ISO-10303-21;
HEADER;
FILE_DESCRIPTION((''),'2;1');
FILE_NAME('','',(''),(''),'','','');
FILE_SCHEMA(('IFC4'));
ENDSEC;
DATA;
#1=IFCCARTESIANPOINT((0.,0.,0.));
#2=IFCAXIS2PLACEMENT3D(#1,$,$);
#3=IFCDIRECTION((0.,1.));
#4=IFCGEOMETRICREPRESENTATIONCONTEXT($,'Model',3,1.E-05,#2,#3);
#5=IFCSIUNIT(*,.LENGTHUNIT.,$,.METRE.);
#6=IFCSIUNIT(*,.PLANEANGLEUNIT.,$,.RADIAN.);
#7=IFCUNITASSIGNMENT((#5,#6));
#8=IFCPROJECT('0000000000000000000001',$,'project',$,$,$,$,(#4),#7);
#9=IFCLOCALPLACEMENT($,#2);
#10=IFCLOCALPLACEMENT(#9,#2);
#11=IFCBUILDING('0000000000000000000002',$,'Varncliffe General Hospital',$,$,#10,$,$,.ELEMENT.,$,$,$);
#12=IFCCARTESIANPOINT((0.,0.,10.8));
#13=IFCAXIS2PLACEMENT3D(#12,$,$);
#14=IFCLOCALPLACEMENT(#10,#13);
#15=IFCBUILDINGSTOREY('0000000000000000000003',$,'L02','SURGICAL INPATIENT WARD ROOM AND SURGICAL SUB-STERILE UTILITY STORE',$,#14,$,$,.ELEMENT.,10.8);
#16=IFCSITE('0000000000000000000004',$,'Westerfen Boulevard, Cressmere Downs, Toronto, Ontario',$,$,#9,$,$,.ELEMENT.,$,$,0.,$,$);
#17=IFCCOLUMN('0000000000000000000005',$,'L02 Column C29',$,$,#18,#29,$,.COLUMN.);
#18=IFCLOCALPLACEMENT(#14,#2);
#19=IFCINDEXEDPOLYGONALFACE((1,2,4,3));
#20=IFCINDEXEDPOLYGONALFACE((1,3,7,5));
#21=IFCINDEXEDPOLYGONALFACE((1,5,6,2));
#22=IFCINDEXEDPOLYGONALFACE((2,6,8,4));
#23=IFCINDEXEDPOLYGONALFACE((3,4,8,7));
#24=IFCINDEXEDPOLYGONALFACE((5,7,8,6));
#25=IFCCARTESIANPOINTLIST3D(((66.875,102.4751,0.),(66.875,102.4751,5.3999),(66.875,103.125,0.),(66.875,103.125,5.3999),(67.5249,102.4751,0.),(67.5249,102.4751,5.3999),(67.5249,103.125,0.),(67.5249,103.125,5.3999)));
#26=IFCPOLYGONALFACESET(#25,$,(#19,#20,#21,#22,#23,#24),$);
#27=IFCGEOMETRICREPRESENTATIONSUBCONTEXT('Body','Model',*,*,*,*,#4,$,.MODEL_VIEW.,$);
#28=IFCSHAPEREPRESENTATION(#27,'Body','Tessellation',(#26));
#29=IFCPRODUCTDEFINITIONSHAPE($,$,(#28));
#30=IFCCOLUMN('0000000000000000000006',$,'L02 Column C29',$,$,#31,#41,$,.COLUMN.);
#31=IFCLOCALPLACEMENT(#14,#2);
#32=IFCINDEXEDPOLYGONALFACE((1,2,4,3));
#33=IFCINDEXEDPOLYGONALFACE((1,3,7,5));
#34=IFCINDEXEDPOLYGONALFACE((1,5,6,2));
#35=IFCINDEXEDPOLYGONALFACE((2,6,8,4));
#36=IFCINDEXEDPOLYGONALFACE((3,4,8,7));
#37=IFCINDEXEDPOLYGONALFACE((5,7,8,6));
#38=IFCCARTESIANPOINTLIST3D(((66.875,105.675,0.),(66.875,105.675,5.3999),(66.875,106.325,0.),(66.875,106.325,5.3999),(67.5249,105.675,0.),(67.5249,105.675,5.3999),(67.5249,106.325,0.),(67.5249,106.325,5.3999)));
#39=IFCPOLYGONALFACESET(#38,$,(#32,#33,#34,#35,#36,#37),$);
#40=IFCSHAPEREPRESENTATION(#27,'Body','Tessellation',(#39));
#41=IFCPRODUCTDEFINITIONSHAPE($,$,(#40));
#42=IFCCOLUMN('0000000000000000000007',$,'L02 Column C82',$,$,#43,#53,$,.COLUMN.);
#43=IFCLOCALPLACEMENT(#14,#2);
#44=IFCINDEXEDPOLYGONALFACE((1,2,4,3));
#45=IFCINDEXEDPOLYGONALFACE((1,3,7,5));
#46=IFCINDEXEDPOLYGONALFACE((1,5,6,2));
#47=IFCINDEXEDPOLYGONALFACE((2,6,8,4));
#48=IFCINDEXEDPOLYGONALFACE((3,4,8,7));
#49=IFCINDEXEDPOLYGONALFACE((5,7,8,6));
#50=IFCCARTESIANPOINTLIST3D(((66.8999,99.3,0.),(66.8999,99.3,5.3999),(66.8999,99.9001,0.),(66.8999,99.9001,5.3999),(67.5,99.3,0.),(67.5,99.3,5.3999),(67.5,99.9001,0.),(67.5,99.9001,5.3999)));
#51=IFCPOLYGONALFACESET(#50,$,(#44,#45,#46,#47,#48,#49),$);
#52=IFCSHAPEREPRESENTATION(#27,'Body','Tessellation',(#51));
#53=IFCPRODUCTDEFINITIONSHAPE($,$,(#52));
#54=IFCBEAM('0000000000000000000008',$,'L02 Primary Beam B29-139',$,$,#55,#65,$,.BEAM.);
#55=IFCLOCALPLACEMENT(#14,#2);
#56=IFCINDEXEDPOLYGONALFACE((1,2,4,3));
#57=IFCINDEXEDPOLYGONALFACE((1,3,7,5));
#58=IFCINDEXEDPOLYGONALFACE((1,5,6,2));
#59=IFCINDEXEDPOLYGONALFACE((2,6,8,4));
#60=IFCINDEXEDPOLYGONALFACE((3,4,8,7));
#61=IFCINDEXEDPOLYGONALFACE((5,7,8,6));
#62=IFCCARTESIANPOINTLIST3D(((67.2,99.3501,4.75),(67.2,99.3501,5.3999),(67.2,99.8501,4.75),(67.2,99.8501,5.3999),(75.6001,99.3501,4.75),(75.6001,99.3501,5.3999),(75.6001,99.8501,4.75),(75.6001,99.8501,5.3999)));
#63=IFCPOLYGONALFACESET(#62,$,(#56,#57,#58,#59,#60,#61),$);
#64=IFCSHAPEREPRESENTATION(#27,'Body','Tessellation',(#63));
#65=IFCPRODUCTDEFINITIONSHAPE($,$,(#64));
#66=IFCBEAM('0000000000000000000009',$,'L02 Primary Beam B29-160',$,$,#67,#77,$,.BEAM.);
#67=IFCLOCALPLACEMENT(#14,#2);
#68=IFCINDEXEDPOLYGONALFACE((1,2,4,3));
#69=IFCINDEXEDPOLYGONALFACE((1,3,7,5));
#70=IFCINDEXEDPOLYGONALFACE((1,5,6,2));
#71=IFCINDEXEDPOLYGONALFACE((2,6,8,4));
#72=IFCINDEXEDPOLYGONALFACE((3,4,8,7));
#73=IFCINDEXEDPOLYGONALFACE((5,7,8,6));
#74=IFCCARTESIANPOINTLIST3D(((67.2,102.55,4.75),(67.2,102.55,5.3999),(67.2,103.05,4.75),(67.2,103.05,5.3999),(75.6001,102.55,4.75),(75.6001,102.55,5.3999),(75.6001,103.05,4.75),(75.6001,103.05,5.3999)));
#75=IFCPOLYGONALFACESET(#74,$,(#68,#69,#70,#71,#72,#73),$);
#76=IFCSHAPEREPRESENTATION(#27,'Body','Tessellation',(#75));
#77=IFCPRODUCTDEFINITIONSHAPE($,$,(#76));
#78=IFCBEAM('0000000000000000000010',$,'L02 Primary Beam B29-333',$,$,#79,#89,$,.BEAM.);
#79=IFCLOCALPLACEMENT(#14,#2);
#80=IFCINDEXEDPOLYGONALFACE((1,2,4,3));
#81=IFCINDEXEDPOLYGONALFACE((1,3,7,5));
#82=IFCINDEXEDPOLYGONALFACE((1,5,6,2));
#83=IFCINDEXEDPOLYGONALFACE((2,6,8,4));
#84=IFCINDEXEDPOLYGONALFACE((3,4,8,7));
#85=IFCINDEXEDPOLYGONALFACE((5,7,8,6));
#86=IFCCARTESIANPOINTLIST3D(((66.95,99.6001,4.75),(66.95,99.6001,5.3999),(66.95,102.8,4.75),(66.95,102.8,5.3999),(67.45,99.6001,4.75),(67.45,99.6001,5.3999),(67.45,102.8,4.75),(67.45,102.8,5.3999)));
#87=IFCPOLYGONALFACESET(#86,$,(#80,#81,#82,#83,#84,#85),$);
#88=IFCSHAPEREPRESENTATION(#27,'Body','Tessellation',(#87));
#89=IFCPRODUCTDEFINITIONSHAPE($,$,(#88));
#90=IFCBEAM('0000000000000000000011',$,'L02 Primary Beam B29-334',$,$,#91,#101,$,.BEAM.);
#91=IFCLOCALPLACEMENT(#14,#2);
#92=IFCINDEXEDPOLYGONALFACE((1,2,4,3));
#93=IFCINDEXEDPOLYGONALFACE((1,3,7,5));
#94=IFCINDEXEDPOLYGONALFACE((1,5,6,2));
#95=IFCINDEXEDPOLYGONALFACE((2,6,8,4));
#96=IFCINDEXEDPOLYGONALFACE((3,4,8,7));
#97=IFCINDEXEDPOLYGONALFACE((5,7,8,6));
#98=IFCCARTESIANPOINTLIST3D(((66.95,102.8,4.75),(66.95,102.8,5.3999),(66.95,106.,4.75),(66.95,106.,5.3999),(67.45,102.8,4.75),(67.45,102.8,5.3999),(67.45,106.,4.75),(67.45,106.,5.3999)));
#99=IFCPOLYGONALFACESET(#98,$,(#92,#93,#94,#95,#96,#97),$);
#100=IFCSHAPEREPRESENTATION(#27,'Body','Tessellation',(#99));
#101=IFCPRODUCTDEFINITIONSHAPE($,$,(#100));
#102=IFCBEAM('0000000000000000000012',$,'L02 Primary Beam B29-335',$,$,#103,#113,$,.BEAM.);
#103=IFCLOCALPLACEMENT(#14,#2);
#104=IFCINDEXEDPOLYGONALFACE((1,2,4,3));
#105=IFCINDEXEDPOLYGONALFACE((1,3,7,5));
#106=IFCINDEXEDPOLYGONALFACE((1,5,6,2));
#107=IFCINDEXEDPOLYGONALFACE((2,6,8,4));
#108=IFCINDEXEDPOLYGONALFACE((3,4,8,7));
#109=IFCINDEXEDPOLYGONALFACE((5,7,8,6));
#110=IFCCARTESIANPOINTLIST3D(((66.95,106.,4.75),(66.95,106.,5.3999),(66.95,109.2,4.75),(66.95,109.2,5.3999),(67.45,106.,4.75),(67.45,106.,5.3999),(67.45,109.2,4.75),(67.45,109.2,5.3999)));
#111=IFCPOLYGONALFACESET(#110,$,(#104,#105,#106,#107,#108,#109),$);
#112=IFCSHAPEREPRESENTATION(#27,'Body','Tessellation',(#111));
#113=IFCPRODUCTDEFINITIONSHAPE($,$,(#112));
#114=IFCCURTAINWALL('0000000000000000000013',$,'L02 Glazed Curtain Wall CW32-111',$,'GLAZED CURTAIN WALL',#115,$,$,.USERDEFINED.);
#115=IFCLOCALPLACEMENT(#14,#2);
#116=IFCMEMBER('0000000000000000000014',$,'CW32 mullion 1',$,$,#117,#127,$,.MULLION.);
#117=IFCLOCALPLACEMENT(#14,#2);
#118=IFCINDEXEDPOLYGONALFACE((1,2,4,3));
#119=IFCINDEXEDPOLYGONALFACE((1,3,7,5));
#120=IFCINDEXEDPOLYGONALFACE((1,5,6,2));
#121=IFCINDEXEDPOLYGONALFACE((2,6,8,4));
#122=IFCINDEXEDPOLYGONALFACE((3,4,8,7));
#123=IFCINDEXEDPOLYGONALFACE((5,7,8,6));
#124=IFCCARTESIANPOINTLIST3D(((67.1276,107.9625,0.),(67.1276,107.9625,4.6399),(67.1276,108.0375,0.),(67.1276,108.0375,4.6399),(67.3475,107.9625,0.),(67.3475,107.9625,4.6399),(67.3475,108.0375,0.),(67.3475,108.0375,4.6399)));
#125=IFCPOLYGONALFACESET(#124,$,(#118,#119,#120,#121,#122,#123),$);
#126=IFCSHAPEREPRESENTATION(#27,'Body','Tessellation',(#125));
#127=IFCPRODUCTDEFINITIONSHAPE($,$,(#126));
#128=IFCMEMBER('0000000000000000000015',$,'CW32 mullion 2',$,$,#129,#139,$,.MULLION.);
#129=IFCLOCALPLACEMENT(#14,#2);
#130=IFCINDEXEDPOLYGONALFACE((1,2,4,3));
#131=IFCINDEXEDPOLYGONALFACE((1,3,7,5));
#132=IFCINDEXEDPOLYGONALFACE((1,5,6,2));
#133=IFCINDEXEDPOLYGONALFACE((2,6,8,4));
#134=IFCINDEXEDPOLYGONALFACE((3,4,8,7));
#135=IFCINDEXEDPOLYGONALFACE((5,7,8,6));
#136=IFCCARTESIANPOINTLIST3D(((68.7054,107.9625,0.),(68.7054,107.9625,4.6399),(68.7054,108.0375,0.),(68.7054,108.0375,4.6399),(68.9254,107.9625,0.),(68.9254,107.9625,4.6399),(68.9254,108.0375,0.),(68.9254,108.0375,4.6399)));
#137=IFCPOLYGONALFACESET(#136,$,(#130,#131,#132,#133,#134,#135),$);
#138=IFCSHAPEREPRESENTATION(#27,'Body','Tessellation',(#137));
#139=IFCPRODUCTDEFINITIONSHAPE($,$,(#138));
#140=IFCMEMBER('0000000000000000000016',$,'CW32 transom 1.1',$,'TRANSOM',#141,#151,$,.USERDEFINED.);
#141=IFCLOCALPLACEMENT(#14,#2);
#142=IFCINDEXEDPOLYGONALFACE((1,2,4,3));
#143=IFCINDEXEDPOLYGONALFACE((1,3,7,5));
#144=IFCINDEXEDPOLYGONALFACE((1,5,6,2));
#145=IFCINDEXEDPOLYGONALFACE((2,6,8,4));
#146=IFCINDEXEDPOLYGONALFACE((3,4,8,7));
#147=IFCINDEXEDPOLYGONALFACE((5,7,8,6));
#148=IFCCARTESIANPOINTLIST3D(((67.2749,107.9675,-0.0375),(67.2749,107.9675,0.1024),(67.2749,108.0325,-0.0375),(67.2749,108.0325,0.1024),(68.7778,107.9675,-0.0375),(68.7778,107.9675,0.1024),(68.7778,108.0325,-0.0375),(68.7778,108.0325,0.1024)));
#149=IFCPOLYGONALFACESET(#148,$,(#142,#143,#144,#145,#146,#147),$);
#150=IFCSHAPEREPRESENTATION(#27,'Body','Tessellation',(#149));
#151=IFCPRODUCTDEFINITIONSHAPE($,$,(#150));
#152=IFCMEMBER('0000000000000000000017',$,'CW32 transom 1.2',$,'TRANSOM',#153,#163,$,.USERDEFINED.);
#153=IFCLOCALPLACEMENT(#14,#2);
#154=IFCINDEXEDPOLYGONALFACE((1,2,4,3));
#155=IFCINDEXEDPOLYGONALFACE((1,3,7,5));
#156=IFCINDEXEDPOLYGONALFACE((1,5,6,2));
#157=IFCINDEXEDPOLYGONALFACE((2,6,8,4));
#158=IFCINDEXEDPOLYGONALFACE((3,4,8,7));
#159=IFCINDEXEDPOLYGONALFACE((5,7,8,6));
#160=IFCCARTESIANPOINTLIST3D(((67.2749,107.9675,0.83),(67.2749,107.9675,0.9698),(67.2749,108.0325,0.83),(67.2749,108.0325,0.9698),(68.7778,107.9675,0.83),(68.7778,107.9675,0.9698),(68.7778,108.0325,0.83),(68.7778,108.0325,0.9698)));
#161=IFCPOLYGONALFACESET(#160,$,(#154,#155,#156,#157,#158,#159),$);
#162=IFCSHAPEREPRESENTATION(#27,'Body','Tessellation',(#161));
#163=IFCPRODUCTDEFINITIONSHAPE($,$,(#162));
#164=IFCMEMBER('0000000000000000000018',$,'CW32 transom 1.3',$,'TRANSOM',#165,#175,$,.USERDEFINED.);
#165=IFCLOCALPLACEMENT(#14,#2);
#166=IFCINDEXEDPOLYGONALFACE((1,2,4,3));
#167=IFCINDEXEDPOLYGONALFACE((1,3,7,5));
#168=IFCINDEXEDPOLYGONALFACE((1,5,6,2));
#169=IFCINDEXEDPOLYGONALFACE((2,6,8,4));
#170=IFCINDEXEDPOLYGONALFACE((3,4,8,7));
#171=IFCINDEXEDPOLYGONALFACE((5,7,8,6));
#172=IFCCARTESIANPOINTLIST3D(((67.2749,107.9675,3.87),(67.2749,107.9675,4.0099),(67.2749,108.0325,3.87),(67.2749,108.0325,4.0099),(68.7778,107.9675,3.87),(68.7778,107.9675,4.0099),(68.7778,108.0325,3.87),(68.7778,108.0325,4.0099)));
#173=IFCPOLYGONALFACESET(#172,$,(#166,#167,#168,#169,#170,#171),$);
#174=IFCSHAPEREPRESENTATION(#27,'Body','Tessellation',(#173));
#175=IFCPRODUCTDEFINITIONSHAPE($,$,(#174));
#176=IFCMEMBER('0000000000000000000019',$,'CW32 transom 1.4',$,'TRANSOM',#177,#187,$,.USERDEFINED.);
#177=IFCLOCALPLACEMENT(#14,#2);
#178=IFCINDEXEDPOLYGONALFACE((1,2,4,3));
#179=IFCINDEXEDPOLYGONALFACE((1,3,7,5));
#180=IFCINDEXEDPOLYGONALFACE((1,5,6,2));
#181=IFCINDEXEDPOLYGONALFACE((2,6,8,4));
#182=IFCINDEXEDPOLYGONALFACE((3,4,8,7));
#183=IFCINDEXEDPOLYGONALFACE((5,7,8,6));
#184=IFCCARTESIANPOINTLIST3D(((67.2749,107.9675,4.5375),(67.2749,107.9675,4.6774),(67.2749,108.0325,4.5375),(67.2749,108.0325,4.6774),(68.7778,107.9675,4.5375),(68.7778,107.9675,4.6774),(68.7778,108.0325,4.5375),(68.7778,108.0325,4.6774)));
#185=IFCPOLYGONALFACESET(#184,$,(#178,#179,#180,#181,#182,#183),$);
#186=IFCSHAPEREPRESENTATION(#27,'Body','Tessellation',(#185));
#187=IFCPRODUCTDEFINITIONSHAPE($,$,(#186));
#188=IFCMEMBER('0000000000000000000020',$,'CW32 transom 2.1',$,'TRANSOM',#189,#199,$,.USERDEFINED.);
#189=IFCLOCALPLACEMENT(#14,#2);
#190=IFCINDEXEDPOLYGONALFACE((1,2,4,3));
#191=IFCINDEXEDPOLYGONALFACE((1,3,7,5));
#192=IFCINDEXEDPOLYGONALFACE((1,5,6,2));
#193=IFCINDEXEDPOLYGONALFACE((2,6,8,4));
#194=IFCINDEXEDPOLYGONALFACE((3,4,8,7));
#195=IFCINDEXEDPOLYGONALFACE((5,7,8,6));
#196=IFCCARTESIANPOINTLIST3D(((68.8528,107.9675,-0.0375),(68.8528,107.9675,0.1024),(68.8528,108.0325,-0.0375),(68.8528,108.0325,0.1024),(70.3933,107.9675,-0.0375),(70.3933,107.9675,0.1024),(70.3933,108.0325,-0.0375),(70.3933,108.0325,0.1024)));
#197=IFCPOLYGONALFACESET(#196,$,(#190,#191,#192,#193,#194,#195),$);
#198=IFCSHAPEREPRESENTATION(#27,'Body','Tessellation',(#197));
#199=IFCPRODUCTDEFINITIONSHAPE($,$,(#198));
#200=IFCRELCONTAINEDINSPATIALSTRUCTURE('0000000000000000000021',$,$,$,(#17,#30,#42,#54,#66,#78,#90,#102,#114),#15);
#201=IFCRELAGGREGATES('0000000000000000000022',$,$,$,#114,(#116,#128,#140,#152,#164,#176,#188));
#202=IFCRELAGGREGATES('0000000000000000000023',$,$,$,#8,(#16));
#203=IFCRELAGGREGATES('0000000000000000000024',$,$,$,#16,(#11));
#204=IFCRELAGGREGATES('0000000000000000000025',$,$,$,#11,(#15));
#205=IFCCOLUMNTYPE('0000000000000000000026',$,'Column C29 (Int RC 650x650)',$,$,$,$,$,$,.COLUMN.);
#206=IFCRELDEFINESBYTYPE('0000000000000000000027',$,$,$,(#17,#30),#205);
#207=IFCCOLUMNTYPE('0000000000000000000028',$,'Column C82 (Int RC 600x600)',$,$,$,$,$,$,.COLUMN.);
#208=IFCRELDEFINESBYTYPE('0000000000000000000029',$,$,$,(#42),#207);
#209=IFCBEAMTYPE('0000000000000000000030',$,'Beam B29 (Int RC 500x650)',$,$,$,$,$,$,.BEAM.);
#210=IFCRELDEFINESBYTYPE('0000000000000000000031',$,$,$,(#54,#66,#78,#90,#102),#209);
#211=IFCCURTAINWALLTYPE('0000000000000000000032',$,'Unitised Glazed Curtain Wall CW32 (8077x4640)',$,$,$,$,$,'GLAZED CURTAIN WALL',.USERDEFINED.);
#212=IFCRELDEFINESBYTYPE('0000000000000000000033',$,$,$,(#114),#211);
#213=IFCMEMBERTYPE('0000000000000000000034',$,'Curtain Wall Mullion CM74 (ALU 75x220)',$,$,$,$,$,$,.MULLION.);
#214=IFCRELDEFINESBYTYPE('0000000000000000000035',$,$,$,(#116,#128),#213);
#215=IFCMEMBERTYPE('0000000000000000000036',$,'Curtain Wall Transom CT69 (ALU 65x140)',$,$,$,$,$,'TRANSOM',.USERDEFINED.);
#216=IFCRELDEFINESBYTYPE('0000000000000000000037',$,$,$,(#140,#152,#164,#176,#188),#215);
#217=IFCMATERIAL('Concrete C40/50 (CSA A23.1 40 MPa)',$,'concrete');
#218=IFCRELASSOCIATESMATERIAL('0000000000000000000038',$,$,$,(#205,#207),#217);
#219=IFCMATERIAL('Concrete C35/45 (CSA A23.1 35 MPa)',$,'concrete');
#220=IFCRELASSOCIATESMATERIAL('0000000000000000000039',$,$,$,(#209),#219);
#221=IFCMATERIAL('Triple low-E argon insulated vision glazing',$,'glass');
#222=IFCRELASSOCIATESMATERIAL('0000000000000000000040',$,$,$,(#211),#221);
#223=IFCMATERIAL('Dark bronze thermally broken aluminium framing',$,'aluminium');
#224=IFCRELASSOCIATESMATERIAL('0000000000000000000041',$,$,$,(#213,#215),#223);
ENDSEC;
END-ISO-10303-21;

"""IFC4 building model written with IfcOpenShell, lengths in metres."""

from ifc_helpers import new_model, si_unit, direction, frame, origin, origin_2d, place, context, subcontext, project, spatial, rectangle, extrude, material, material_profile, profile_set, type_object, element, aggregate, save


model = new_model("IFC4")

# Units and contexts
model_context = context("Model", 3, precision=1e-05, world=origin(), true_north=direction((0.0, 1.0)))
body_context = subcontext(model_context, "Body", "Model", "MODEL_VIEW")
ifc_project = project(units=[si_unit("LENGTHUNIT", "METRE"), si_unit("PLANEANGLEUNIT", "RADIAN")], contexts=[model_context])

# Site, building, storey
site_placement = place(None, origin())
site = spatial("IfcSite", under=ifc_project, at=site_placement, Name="Westerfen Boulevard, Cressmere Downs, Toronto, Ontario", CompositionType="ELEMENT", RefElevation=0.0)
building_placement = place(site_placement, origin())
building = spatial("IfcBuilding", under=site, at=building_placement, Name="Varncliffe General Hospital", CompositionType="ELEMENT")
storey_placement = place(building_placement, frame((0.0, 0.0, 10.8)))
storey = spatial("IfcBuildingStorey", under=building, at=storey_placement, Name="L02", Description="SURGICAL INPATIENT WARD ROOM AND SURGICAL SUB-STERILE UTILITY STORE", CompositionType="ELEMENT", Elevation=10.8)

# Columns
ifc_material_1 = material(Name="Concrete C40/50 (CSA A23.1 40 MPa)", Category="concrete")
ifc_material_profile_1 = material_profile(ifc_material_1, rectangle(XDim=0.6499, YDim=0.6499, at=origin_2d()), Name="RC 650x650")
ifc_profile_set_1 = profile_set([ifc_material_profile_1], Name="Concrete C40/50 (CSA A23.1 40 MPa)")
column_type_1 = type_object("IfcColumnType", Name="Column C29 (Int RC 650x650)", PredefinedType="COLUMN", material=ifc_profile_set_1)
for number, where, z_axis, x_axis, name in (
    (1, (67.2, 102.8, 0.0), (0.0, 0.0, 1.0), (1.0, 0.0, 0.0), "L02 Column C29"),
    (2, (67.2, 106.0, 0.0), (0.0, 0.0, 1.0), (1.0, 0.0, 0.0), "L02 Column C29"),
):
    element("IfcColumn", number, at=place(storey_placement, frame(where, z_axis=z_axis, x_axis=x_axis)), inside=storey, type_object=column_type_1, Name=name, PredefinedType="COLUMN", context=body_context, shape_type="SweptSolid", body=[
        extrude(rectangle(XDim=0.6499, YDim=0.6499, at=origin_2d()), origin(), (0.0, 0.0, 1.0), 5.3999),
    ])
ifc_material_profile_2 = material_profile(ifc_material_1, rectangle(XDim=0.6001, YDim=0.6001, at=origin_2d()), Name="RC 600x600")
ifc_profile_set_2 = profile_set([ifc_material_profile_2], Name="Concrete C40/50 (CSA A23.1 40 MPa)")
column_type_2 = type_object("IfcColumnType", Name="Column C82 (Int RC 600x600)", PredefinedType="COLUMN", material=ifc_profile_set_2)
column_placement = place(storey_placement, frame((67.2, 99.6001, 0.0), z_axis=(0.0, 0.0, 1.0), x_axis=(1.0, 0.0, 0.0)))
element("IfcColumn", 3, at=column_placement, inside=storey, type_object=column_type_2, Name="L02 Column C82", PredefinedType="COLUMN", context=body_context, shape_type="SweptSolid", body=[
    extrude(rectangle(XDim=0.6001, YDim=0.6001, at=origin_2d()), origin(), (0.0, 0.0, 1.0), 5.3999),
])

# Beams
ifc_material_2 = material(Name="Concrete C35/45 (CSA A23.1 35 MPa)", Category="concrete")
ifc_material_profile_3 = material_profile(ifc_material_2, rectangle(XDim=0.5, YDim=0.6499, at=origin_2d()), Name="RC 500x650")
ifc_profile_set_3 = profile_set([ifc_material_profile_3], Name="Concrete C35/45 (CSA A23.1 35 MPa)")
beam_type = type_object("IfcBeamType", Name="Beam B29 (Int RC 500x650)", PredefinedType="BEAM", material=ifc_profile_set_3)
for number, where, z_axis, x_axis, name in (
    (4, (67.2, 99.6001, 5.075), (1.0, 0.0, 0.0), (0.0, 1.0, 0.0), "L02 Primary Beam B29-139"),
    (5, (67.2, 102.8, 5.075), (1.0, 0.0, 0.0), (0.0, 1.0, 0.0), "L02 Primary Beam B29-160"),
):
    element("IfcBeam", number, at=place(storey_placement, frame(where, z_axis=z_axis, x_axis=x_axis)), inside=storey, type_object=beam_type, Name=name, PredefinedType="BEAM", context=body_context, shape_type="SweptSolid", body=[
        extrude(rectangle(XDim=0.5, YDim=0.6499, at=origin_2d()), origin(), (0.0, 0.0, 1.0), 8.4001),
    ])
for number, where, z_axis, x_axis, name in (
    (6, (67.2, 99.6001, 5.075), (0.0, 1.0, 0.0), (-1.0, 0.0, 0.0), "L02 Primary Beam B29-333"),
    (7, (67.2, 102.8, 5.075), (0.0, 1.0, 0.0), (-1.0, 0.0, 0.0), "L02 Primary Beam B29-334"),
    (8, (67.2, 106.0, 5.075), (0.0, 1.0, 0.0), (-1.0, 0.0, 0.0), "L02 Primary Beam B29-335"),
):
    element("IfcBeam", number, at=place(storey_placement, frame(where, z_axis=z_axis, x_axis=x_axis)), inside=storey, type_object=beam_type, Name=name, PredefinedType="BEAM", context=body_context, shape_type="SweptSolid", body=[
        extrude(rectangle(XDim=0.5, YDim=0.6499, at=origin_2d()), origin(), (0.0, 0.0, 1.0), 3.2),
    ])

# Curtain wall, members
ifc_material_3 = material(Name="Triple low-E argon insulated vision glazing", Category="glass")
curtain_wall_type = type_object("IfcCurtainWallType", Name="Unitised Glazed Curtain Wall CW32 (8077x4640)", ElementType="GLAZED CURTAIN WALL", PredefinedType="USERDEFINED", material=ifc_material_3)
curtain_wall_placement = place(storey_placement, origin())
curtain_wall = element("IfcCurtainWall", 9, at=curtain_wall_placement, inside=storey, type_object=curtain_wall_type, Name="L02 Glazed Curtain Wall CW32-111", ObjectType="GLAZED CURTAIN WALL", PredefinedType="USERDEFINED")
ifc_material_4 = material(Name="Dark bronze thermally broken aluminium framing", Category="aluminium")
ifc_material_profile_4 = material_profile(ifc_material_4, rectangle(XDim=0.075, YDim=0.22, at=origin_2d()), Name="ALU 75x220")
ifc_profile_set_4 = profile_set([ifc_material_profile_4], Name="Dark bronze thermally broken aluminium framing")
member_type_1 = type_object("IfcMemberType", Name="Curtain Wall Mullion CM74 (ALU 75x220)", PredefinedType="MULLION", material=ifc_profile_set_4)
member_1_placement = place(storey_placement, frame((67.2375, 108.0, 0.0), z_axis=(0.0, 0.0, 1.0), x_axis=(0.0, 1.0, 0.0)))
member_1 = element("IfcMember", 10, at=member_1_placement, type_object=member_type_1, Name="CW32 mullion 1", PredefinedType="MULLION", context=body_context, shape_type="SweptSolid", body=[
    extrude(rectangle(XDim=0.075, YDim=0.22, at=origin_2d()), origin(), (0.0, 0.0, 1.0), 4.6399),
])
member_2_placement = place(storey_placement, frame((68.8154, 108.0, 0.0), z_axis=(0.0, 0.0, 1.0), x_axis=(0.0, 1.0, 0.0)))
member_2 = element("IfcMember", 11, at=member_2_placement, type_object=member_type_1, Name="CW32 mullion 2", PredefinedType="MULLION", context=body_context, shape_type="SweptSolid", body=[
    extrude(rectangle(XDim=0.075, YDim=0.22, at=origin_2d()), origin(), (0.0, 0.0, 1.0), 4.6399),
])
ifc_material_profile_5 = material_profile(ifc_material_4, rectangle(XDim=0.0649, YDim=0.1399, at=origin_2d()), Name="ALU 65x140")
ifc_profile_set_5 = profile_set([ifc_material_profile_5], Name="Dark bronze thermally broken aluminium framing")
member_type_2 = type_object("IfcMemberType", Name="Curtain Wall Transom CT69 (ALU 65x140)", ElementType="TRANSOM", PredefinedType="USERDEFINED", material=ifc_profile_set_5)
member_3_placement = place(storey_placement, frame((67.2749, 108.0, 0.0325), z_axis=(1.0, 0.0, 0.0), x_axis=(0.0, 1.0, 0.0)))
member_3 = element("IfcMember", 12, at=member_3_placement, type_object=member_type_2, Name="CW32 transom 1.1", ObjectType="TRANSOM", PredefinedType="USERDEFINED", context=body_context, shape_type="SweptSolid", body=[
    extrude(rectangle(XDim=0.0649, YDim=0.1399, at=origin_2d()), origin(), (0.0, 0.0, 1.0), 1.5029),
])
member_4_placement = place(storey_placement, frame((67.2749, 108.0, 0.8999), z_axis=(1.0, 0.0, 0.0), x_axis=(0.0, 1.0, 0.0)))
member_4 = element("IfcMember", 13, at=member_4_placement, type_object=member_type_2, Name="CW32 transom 1.2", ObjectType="TRANSOM", PredefinedType="USERDEFINED", context=body_context, shape_type="SweptSolid", body=[
    extrude(rectangle(XDim=0.0649, YDim=0.1399, at=origin_2d()), origin(), (0.0, 0.0, 1.0), 1.5029),
])
member_5_placement = place(storey_placement, frame((67.2749, 108.0, 3.9399), z_axis=(1.0, 0.0, 0.0), x_axis=(0.0, 1.0, 0.0)))
member_5 = element("IfcMember", 14, at=member_5_placement, type_object=member_type_2, Name="CW32 transom 1.3", ObjectType="TRANSOM", PredefinedType="USERDEFINED", context=body_context, shape_type="SweptSolid", body=[
    extrude(rectangle(XDim=0.0649, YDim=0.1399, at=origin_2d()), origin(), (0.0, 0.0, 1.0), 1.5029),
])
member_6_placement = place(storey_placement, frame((67.2749, 108.0, 4.6074), z_axis=(1.0, 0.0, 0.0), x_axis=(0.0, 1.0, 0.0)))
member_6 = element("IfcMember", 15, at=member_6_placement, type_object=member_type_2, Name="CW32 transom 1.4", ObjectType="TRANSOM", PredefinedType="USERDEFINED", context=body_context, shape_type="SweptSolid", body=[
    extrude(rectangle(XDim=0.0649, YDim=0.1399, at=origin_2d()), origin(), (0.0, 0.0, 1.0), 1.5029),
])
member_7_placement = place(storey_placement, frame((68.8528, 108.0, 0.0325), z_axis=(1.0, 0.0, 0.0), x_axis=(0.0, 1.0, 0.0)))
member_7 = element("IfcMember", 16, at=member_7_placement, type_object=member_type_2, Name="CW32 transom 2.1", ObjectType="TRANSOM", PredefinedType="USERDEFINED", context=body_context, shape_type="SweptSolid", body=[
    extrude(rectangle(XDim=0.0649, YDim=0.1399, at=origin_2d()), origin(), (0.0, 0.0, 1.0), 1.5405),
])
aggregate(curtain_wall, [member_1, member_2, member_3, member_4, member_5, member_6, member_7])

save(model, "model.ifc")
